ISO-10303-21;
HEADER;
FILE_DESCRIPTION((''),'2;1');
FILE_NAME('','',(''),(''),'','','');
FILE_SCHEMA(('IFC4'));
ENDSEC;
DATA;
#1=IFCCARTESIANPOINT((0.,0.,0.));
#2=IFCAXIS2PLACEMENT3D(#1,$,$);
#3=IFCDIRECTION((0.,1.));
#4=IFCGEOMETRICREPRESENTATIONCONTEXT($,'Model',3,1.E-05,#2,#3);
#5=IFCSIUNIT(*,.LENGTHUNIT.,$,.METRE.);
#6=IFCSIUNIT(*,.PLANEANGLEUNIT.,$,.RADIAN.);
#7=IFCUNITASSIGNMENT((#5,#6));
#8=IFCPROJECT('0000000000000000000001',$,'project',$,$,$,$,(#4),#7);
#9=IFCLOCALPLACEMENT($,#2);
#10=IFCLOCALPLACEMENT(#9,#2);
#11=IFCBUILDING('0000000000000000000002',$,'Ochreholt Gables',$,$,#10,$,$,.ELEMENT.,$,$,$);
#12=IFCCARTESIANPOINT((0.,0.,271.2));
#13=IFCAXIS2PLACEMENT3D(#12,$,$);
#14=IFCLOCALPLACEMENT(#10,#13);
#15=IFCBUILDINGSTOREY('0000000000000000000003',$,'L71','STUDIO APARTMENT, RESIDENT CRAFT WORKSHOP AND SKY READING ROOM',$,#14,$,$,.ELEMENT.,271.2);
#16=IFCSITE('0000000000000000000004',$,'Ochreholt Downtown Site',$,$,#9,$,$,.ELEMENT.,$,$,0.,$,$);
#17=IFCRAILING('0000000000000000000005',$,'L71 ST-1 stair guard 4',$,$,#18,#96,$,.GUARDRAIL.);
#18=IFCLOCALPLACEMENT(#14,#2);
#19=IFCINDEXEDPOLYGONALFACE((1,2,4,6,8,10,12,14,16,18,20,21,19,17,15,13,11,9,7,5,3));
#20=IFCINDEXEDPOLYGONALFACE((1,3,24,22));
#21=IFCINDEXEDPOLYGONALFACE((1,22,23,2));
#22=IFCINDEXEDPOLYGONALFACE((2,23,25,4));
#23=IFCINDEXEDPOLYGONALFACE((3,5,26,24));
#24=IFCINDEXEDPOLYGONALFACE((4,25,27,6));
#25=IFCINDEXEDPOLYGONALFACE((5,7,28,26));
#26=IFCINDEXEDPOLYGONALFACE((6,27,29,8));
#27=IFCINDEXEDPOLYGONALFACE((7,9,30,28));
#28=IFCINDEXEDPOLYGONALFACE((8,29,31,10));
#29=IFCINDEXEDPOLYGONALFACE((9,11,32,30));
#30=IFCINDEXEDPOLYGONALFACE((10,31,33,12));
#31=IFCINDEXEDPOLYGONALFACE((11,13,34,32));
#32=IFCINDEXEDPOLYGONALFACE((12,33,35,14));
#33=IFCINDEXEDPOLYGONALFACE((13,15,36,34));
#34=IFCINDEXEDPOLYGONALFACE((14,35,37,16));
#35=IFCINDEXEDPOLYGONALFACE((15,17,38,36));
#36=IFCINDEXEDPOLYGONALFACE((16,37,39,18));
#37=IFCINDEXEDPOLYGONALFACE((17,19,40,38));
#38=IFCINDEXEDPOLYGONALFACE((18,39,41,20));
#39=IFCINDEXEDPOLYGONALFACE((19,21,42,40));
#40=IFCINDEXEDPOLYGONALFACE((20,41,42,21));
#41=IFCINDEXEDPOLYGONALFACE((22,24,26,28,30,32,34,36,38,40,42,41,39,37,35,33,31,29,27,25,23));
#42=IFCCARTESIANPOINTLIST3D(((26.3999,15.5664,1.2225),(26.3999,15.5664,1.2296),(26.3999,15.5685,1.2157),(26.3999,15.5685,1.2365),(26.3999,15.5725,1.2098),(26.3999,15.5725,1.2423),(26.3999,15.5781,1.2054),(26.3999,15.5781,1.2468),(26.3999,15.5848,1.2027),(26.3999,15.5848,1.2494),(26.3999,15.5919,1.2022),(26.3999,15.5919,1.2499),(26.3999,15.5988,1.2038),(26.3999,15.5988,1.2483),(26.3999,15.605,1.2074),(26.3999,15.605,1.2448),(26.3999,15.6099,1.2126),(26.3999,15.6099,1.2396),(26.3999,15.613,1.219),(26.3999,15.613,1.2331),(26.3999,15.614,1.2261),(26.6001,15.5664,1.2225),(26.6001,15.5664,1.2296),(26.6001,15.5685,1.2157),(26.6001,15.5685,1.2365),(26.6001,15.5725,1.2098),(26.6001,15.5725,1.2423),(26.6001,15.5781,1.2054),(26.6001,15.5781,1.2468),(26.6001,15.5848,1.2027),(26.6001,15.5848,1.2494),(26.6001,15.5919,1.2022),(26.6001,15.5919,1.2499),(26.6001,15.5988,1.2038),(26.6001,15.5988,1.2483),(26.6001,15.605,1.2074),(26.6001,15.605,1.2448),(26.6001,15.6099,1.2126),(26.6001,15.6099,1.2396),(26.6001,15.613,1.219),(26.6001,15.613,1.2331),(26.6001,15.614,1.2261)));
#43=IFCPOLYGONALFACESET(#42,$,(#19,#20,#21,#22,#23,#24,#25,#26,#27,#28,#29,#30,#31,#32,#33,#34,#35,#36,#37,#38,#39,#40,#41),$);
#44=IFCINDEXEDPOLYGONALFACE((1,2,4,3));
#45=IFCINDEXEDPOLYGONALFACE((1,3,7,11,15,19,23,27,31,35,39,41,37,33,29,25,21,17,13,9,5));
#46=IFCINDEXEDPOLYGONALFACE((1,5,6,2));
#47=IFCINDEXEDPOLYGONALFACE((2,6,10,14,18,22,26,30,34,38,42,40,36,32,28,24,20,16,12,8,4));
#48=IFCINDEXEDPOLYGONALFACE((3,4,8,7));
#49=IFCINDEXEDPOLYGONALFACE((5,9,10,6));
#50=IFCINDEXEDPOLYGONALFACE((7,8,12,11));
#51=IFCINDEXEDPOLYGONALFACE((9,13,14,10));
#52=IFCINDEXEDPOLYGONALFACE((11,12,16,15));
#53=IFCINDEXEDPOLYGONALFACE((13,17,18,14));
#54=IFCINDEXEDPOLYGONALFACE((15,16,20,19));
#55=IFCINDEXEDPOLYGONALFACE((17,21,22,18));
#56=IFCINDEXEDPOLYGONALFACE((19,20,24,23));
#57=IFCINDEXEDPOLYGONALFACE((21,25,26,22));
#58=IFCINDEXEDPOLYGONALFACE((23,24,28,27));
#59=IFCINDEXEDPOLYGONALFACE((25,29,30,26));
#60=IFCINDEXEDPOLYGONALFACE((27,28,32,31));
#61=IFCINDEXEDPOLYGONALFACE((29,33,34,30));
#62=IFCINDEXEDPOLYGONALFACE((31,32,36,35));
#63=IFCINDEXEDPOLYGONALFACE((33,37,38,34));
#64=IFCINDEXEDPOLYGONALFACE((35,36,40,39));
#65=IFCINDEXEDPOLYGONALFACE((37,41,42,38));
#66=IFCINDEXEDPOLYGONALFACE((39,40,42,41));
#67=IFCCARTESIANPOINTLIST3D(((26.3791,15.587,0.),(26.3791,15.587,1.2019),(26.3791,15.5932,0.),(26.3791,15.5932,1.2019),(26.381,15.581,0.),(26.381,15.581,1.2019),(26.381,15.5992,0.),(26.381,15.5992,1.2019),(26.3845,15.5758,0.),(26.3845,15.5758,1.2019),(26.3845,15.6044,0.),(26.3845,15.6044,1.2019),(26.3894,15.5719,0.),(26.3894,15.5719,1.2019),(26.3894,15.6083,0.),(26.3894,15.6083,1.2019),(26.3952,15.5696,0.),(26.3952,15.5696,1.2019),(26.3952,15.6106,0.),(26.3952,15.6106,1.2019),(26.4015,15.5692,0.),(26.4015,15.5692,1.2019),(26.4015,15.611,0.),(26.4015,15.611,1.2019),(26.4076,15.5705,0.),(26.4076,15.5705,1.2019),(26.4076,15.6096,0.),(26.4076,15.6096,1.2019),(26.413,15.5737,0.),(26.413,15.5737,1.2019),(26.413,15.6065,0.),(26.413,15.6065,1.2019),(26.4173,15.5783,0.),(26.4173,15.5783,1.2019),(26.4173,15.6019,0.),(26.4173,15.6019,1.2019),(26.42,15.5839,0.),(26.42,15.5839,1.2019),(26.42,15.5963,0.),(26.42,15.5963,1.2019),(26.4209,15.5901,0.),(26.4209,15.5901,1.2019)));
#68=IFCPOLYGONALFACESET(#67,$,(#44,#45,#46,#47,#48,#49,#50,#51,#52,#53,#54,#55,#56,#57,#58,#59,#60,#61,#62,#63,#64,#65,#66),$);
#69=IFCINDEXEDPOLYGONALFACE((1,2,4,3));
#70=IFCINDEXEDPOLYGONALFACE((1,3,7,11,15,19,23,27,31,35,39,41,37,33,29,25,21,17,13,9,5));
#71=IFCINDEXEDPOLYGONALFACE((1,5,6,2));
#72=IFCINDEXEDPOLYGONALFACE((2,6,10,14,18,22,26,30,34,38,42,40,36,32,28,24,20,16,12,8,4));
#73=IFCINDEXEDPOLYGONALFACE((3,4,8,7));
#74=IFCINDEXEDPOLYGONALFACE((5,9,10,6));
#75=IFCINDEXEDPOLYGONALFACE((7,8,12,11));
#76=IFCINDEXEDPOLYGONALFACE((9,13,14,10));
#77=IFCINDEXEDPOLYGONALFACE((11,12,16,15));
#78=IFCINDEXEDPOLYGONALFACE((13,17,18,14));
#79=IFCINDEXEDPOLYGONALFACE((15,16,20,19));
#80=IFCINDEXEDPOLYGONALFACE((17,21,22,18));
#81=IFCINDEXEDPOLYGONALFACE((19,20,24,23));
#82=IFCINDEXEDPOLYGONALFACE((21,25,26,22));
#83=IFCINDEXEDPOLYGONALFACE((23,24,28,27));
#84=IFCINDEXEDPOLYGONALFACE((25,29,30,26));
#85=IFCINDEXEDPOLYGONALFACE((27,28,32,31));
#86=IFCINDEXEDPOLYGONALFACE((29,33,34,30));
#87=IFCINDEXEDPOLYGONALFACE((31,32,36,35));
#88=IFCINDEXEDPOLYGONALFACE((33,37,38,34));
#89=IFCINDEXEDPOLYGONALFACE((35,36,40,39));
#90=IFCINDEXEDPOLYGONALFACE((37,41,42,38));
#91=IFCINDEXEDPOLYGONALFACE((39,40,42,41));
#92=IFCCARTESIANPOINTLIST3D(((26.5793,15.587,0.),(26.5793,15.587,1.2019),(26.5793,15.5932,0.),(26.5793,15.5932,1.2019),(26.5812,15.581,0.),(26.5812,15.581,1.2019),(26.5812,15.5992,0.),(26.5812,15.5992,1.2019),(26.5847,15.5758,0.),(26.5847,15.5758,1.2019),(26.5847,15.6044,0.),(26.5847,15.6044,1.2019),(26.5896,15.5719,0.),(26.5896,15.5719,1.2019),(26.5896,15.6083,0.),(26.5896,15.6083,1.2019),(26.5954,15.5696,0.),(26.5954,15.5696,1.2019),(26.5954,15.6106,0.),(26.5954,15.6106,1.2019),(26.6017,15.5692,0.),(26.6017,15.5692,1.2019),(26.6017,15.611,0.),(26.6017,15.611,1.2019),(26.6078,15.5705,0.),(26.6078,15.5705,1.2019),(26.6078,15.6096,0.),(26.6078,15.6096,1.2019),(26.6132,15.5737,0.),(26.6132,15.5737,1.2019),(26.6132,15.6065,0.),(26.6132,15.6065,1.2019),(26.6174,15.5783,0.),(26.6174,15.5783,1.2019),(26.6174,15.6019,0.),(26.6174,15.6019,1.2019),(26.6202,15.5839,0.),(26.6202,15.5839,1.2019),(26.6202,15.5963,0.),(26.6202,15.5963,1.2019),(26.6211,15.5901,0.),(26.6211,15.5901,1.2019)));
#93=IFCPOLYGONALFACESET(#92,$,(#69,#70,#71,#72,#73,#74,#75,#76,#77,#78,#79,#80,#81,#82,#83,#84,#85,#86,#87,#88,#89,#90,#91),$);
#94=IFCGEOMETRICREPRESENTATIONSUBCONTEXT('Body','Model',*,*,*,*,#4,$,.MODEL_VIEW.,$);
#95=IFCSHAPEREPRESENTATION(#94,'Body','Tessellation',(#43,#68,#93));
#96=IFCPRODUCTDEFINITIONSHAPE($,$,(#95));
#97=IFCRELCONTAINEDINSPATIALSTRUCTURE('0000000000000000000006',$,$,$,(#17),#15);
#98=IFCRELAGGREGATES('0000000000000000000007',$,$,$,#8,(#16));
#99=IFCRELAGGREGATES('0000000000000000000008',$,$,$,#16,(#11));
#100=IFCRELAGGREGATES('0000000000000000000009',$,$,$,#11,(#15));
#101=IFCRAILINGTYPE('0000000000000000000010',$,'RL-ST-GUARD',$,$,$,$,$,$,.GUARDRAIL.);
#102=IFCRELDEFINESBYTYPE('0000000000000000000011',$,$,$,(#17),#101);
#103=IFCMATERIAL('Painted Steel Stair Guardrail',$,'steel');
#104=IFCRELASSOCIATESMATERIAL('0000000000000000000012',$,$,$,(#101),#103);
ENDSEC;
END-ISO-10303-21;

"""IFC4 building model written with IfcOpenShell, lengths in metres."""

from ifc_helpers import new_model, si_unit, direction, frame, origin, origin_2d, place, context, subcontext, project, spatial, circle, extrude, material, type_object, element, save


model = new_model("IFC4")

# Units and contexts
model_context = context("Model", 3, precision=1e-05, world=origin(), true_north=direction((0.0, 1.0)))
body_context = subcontext(model_context, "Body", "Model", "MODEL_VIEW")
ifc_project = project(units=[si_unit("LENGTHUNIT", "METRE"), si_unit("PLANEANGLEUNIT", "RADIAN")], contexts=[model_context])

# Site, building, storey
site_placement = place(None, origin())
site = spatial("IfcSite", under=ifc_project, at=site_placement, Name="Ochreholt Downtown Site", CompositionType="ELEMENT", RefElevation=0.0)
building_placement = place(site_placement, origin())
building = spatial("IfcBuilding", under=site, at=building_placement, Name="Ochreholt Gables", CompositionType="ELEMENT")
storey_placement = place(building_placement, frame((0.0, 0.0, 271.2)))
storey = spatial("IfcBuildingStorey", under=building, at=storey_placement, Name="L71", Description="STUDIO APARTMENT, RESIDENT CRAFT WORKSHOP AND SKY READING ROOM", CompositionType="ELEMENT", Elevation=271.2)

# Railing
ifc_material_1 = material(Name="Painted Steel Stair Guardrail", Category="steel")
railing_type_1 = type_object("IfcRailingType", Name="RL-ST-GUARD", PredefinedType="GUARDRAIL", material=ifc_material_1)
railing_1_placement = place(storey_placement, frame((26.3999, 15.5901, 0.0)))
element("IfcRailing", 1, at=railing_1_placement, inside=storey, type_object=railing_type_1, Name="L71 ST-1 stair guard 4", PredefinedType="GUARDRAIL", context=body_context, shape_type="SweptSolid", body=[
    extrude(circle(Radius=0.0239, at=origin_2d()), frame((0.0, 0.0, 1.2261), z_axis=(1.0, 0.0, 0.0), x_axis=(0.0, 1.0, 0.0)), (0.0, 0.0, 1.0), 0.2002),
    extrude(circle(Radius=0.021, at=origin_2d()), origin(), (0.0, 0.0, 1.0), 1.2019),
    extrude(circle(Radius=0.021, at=origin_2d()), frame((0.2002, 0.0, 0.0)), (0.0, 0.0, 1.0), 1.2019),
])

save(model, "model.ifc")
